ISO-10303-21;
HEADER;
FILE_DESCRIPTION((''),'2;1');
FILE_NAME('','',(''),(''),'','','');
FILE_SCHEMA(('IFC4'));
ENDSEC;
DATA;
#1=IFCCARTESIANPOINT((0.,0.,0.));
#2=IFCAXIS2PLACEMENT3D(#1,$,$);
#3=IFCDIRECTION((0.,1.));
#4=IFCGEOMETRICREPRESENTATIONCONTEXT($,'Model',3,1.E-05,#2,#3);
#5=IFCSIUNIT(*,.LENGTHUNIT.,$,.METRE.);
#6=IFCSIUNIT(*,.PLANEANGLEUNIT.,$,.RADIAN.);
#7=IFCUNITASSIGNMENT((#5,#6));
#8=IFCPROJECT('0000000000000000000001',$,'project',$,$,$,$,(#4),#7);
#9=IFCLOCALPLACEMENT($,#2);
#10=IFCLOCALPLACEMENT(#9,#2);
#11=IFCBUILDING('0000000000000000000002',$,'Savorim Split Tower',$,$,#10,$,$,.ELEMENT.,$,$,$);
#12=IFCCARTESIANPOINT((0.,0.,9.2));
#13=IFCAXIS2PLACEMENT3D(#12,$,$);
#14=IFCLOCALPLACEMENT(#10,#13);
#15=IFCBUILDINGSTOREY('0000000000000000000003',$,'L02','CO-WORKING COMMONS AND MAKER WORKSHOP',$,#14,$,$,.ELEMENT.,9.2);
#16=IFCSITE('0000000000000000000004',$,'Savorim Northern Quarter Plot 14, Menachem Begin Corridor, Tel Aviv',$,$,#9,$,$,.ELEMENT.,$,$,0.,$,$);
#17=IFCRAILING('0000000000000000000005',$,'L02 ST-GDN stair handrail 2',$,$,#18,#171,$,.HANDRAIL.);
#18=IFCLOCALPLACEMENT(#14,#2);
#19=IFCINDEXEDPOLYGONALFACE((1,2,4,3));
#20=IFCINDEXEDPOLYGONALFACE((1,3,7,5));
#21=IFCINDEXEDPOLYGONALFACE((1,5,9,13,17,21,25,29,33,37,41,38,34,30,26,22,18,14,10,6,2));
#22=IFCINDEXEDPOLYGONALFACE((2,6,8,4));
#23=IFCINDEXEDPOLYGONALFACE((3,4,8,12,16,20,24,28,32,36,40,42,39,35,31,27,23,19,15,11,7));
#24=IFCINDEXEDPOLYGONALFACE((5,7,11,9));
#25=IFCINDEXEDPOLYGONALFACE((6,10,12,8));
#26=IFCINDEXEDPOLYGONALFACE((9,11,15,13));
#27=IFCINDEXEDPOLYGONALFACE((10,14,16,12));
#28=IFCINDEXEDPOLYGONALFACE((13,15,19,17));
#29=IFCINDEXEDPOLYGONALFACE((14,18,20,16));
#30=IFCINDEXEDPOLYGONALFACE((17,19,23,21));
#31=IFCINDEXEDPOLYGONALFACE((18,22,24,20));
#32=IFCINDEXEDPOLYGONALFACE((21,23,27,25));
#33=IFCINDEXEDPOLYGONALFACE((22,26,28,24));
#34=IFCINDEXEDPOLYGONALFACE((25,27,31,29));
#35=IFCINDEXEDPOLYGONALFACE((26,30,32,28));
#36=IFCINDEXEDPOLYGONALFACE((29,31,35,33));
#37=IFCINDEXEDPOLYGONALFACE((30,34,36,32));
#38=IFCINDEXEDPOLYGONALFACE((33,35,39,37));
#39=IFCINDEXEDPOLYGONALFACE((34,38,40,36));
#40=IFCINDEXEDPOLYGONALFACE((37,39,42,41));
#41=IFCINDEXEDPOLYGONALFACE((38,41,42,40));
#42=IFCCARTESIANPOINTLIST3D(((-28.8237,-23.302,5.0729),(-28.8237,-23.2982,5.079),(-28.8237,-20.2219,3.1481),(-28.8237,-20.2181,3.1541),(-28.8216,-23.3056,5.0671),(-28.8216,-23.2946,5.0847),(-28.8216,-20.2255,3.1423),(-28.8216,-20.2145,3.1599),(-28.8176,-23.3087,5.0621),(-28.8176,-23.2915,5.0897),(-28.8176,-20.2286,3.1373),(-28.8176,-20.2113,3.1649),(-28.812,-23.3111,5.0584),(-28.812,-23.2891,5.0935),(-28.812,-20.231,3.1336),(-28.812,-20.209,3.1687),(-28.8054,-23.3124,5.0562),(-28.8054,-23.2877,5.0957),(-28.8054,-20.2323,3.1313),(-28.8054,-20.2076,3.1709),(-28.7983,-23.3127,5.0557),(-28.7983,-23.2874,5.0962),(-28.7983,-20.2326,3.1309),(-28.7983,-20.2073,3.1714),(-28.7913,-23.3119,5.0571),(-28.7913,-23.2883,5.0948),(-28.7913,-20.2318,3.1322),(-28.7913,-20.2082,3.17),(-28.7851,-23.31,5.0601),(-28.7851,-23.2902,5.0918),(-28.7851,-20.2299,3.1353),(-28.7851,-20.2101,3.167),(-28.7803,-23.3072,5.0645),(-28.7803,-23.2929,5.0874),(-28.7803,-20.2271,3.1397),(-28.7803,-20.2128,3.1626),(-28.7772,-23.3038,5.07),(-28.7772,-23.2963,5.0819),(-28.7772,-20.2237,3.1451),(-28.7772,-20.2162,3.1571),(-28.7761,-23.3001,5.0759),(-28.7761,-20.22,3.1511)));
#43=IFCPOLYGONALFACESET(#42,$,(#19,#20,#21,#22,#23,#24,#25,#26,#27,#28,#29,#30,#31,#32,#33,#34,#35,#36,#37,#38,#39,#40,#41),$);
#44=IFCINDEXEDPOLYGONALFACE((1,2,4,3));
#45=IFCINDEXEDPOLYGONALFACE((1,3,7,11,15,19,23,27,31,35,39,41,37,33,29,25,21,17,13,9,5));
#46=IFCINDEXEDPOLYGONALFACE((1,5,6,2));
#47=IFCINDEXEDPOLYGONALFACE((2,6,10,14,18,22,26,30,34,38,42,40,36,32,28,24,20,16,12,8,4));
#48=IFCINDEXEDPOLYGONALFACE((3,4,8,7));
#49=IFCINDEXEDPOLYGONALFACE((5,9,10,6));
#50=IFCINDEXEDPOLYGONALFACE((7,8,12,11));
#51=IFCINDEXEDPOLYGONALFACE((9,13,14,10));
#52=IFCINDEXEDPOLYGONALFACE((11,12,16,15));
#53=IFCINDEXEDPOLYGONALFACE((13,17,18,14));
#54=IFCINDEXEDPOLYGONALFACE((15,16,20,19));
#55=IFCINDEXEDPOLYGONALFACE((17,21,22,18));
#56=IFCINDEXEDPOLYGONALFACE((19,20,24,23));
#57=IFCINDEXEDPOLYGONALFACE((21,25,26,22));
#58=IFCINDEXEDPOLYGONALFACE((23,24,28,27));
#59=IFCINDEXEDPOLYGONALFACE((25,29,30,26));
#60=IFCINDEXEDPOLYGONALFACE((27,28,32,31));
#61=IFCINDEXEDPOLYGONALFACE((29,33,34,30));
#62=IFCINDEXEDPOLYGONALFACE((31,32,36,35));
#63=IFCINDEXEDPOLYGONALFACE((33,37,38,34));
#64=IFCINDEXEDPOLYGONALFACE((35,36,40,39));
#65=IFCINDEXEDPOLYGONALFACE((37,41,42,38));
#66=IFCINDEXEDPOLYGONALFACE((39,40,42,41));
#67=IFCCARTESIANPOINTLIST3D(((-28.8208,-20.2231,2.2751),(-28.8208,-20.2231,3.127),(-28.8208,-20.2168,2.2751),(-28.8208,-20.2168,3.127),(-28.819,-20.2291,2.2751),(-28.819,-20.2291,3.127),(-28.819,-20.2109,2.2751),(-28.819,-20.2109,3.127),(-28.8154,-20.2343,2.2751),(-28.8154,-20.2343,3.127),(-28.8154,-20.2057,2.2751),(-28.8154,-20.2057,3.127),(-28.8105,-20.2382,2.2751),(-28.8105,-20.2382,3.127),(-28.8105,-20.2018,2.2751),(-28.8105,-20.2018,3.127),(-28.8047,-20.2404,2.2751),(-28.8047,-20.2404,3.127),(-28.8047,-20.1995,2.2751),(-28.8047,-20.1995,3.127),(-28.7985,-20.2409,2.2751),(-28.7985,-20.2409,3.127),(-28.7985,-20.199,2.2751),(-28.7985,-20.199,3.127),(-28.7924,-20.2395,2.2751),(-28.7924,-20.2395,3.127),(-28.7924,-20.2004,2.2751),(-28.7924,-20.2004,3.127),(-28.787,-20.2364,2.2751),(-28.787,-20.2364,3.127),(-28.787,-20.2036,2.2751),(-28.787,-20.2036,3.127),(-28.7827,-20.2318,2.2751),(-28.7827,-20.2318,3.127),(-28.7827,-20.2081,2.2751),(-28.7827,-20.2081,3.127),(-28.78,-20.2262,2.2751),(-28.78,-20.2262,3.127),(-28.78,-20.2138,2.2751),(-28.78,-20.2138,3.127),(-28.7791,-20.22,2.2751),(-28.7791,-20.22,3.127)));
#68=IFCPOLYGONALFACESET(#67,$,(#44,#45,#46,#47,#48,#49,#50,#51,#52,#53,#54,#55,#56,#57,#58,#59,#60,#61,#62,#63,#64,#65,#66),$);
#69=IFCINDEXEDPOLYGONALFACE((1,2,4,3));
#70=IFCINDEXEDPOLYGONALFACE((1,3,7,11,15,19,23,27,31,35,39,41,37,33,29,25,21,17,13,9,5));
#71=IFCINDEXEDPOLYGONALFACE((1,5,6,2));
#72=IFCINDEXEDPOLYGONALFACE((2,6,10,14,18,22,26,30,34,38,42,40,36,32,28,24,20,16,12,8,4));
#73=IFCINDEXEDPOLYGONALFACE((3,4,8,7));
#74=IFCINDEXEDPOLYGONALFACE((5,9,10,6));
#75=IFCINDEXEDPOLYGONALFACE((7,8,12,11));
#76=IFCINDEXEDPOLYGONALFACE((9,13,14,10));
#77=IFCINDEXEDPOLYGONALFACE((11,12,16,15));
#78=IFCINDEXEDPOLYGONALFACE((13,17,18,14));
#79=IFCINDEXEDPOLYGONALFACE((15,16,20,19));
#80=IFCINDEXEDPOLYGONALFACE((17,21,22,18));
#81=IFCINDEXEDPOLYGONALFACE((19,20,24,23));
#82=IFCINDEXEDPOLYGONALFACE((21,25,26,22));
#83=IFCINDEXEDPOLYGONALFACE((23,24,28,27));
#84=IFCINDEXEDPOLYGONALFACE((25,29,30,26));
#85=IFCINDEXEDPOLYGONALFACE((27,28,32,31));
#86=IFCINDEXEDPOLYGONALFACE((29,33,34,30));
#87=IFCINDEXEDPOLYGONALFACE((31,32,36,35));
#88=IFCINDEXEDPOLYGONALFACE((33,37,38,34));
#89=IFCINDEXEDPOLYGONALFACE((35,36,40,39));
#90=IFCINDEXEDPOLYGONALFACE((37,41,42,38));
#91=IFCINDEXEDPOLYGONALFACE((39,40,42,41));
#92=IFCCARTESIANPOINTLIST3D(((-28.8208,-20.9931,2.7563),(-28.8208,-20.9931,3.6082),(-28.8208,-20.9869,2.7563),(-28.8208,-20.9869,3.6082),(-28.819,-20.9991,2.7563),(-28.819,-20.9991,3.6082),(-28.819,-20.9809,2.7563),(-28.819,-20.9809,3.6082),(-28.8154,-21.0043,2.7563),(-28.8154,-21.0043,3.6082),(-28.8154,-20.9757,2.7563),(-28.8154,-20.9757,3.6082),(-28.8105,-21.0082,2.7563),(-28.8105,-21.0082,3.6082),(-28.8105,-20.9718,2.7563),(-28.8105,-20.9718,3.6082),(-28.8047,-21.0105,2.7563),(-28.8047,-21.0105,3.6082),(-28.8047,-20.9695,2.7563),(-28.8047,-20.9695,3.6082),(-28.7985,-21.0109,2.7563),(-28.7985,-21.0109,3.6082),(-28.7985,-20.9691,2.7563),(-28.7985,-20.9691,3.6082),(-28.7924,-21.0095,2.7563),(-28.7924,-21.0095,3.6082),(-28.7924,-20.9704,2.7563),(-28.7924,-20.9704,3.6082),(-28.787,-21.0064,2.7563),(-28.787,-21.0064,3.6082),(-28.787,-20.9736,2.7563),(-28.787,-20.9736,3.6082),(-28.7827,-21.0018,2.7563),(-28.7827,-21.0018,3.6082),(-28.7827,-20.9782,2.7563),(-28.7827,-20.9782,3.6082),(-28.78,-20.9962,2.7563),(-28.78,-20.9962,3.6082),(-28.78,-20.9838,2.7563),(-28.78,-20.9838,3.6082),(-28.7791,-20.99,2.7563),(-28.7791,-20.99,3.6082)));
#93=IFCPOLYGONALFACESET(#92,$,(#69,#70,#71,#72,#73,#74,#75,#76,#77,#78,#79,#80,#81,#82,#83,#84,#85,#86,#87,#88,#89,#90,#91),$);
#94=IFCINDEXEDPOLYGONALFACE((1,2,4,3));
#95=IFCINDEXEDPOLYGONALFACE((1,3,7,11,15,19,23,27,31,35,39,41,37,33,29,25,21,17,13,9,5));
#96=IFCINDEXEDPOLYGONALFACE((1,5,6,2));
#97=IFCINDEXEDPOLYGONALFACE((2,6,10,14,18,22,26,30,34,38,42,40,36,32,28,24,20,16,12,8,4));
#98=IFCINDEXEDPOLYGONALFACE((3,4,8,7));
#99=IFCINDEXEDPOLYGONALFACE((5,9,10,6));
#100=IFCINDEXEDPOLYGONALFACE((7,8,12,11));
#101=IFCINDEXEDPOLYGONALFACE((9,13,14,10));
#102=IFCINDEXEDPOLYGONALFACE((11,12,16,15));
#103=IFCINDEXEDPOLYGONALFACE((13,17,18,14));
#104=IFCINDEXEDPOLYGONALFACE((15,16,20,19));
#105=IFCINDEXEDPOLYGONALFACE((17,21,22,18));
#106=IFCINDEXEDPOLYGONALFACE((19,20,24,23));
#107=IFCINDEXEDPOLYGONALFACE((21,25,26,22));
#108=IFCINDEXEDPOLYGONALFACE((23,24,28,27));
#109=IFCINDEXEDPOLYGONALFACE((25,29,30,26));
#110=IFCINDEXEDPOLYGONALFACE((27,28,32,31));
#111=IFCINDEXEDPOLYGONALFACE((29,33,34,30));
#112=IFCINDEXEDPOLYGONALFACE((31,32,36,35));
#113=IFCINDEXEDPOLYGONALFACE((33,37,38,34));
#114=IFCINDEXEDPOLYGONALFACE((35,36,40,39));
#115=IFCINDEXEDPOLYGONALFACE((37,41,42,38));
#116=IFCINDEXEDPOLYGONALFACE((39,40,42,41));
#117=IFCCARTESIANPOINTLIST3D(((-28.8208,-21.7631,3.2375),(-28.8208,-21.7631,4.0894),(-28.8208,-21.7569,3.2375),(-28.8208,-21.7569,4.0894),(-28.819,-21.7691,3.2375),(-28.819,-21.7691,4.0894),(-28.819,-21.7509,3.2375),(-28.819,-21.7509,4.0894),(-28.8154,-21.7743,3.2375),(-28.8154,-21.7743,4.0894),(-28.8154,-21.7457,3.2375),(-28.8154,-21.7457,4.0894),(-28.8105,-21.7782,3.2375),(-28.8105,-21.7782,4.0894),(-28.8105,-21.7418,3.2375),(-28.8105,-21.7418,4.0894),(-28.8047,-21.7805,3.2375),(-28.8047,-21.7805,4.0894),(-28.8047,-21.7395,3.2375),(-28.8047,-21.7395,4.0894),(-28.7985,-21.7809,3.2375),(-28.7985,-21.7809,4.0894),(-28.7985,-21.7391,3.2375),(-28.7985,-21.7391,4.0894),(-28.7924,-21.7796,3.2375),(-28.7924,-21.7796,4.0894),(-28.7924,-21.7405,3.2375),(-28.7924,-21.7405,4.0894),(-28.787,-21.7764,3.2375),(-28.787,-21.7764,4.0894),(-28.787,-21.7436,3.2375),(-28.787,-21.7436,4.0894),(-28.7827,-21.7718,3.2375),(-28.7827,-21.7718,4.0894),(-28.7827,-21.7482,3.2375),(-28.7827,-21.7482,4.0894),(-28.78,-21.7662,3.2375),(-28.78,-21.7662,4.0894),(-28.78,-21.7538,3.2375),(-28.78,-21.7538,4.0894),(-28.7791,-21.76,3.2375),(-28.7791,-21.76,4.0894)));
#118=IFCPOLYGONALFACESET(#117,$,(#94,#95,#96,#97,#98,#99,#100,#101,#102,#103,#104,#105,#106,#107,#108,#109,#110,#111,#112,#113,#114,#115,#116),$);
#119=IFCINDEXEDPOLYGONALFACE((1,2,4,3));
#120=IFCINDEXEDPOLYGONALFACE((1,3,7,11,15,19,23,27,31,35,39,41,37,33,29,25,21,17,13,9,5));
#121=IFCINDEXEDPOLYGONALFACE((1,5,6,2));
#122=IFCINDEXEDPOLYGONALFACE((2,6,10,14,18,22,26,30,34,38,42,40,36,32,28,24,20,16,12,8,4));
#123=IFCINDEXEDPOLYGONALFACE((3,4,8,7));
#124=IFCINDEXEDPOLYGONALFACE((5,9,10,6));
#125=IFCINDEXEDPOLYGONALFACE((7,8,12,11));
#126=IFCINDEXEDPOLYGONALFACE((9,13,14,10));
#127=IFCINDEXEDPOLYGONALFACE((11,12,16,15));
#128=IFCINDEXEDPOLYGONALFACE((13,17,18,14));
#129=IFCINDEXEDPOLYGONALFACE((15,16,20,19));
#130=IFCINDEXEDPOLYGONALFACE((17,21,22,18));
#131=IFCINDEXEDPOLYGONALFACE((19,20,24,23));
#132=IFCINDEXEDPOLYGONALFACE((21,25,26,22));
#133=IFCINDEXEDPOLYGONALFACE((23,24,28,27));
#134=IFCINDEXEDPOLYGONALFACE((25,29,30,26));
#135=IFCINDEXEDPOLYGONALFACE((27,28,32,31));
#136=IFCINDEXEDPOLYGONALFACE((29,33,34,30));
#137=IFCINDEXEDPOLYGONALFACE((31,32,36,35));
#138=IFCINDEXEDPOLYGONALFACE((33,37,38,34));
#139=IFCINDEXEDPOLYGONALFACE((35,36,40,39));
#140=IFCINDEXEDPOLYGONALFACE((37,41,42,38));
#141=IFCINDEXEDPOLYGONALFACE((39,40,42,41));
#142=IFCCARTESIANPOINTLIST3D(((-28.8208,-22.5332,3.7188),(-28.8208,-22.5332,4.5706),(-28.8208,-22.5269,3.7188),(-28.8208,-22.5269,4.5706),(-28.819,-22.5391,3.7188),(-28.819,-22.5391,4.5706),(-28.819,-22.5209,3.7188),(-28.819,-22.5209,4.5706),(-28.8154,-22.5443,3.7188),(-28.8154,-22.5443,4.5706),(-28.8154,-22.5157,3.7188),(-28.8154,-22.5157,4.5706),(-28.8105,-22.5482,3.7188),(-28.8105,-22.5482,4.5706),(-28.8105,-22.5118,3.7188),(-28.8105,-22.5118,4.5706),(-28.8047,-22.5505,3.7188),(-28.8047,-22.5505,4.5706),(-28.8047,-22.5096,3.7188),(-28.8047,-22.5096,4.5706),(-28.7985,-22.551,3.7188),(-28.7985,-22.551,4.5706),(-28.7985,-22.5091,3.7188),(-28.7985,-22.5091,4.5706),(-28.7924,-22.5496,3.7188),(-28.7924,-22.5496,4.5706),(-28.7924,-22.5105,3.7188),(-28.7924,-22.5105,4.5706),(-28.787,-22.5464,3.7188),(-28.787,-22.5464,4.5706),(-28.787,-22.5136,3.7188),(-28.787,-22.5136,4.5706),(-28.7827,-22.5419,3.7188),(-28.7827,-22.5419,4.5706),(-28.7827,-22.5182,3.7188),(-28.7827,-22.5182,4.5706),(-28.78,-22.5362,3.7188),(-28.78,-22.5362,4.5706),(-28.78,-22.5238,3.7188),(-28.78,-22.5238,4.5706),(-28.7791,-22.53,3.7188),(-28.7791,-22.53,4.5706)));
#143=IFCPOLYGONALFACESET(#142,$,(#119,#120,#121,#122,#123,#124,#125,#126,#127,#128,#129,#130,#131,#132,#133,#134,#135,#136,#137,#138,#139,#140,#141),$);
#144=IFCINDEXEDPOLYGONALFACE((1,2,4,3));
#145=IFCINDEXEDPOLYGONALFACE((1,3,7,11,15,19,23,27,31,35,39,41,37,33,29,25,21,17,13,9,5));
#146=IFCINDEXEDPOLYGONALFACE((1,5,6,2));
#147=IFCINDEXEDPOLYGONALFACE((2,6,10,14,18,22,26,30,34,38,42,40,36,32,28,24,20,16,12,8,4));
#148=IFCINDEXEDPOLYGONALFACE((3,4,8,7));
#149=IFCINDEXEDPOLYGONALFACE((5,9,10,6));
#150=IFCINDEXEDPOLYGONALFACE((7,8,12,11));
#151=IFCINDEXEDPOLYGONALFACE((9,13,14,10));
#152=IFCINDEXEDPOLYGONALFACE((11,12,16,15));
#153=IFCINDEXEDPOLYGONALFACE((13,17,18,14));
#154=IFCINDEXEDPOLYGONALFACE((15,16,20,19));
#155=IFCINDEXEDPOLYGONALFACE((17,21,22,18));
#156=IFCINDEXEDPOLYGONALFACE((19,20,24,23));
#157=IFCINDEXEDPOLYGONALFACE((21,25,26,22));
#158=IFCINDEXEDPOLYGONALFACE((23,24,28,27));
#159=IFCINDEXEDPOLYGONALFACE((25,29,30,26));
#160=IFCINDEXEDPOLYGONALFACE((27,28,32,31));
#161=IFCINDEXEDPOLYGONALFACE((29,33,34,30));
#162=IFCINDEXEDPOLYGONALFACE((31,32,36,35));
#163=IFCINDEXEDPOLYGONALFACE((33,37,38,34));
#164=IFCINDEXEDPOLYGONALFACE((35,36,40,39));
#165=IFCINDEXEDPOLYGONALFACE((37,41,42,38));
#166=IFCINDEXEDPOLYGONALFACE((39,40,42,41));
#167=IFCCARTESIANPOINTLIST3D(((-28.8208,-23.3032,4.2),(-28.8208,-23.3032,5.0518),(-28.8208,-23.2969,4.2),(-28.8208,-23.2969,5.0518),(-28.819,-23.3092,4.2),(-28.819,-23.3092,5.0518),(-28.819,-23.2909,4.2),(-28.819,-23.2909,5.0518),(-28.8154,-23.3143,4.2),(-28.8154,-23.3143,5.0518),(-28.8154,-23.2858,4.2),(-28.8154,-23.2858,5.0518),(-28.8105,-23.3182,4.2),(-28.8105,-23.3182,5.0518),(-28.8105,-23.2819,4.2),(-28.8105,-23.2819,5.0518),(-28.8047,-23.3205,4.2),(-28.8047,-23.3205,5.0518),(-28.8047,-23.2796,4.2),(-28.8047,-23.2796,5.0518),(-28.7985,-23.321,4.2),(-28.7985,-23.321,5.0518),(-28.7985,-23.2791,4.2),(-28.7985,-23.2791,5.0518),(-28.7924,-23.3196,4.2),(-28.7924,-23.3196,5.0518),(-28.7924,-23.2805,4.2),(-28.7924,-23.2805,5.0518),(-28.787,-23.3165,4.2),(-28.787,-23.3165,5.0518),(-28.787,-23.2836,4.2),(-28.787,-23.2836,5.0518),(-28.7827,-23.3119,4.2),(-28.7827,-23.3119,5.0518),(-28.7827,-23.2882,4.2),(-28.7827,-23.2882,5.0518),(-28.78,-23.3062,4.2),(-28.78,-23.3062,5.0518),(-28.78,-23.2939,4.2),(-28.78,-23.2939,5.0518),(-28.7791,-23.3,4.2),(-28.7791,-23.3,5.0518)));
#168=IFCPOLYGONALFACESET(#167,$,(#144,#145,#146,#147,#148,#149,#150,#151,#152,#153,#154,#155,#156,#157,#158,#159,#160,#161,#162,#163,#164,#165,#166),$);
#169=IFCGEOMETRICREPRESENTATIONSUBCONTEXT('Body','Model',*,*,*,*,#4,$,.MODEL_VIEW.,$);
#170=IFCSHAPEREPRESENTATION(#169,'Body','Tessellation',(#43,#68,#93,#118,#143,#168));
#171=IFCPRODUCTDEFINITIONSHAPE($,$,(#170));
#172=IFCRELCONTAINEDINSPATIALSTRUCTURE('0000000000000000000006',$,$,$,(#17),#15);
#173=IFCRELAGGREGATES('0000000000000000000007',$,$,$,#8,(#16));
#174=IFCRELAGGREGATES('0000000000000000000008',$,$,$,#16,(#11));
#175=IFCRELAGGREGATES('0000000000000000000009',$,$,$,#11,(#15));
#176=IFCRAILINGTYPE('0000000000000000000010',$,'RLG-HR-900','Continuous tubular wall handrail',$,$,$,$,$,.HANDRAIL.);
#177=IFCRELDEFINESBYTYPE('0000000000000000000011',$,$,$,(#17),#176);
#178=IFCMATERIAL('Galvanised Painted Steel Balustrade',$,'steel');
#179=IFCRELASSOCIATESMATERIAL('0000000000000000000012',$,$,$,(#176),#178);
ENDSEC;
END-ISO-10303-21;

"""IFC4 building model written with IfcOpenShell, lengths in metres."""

from ifc_helpers import new_model, si_unit, direction, frame, origin, origin_2d, place, context, subcontext, project, spatial, circle, extrude, material, type_object, element, save


model = new_model("IFC4")

# Units and contexts
model_context = context("Model", 3, precision=1e-05, world=origin(), true_north=direction((0.0, 1.0)))
body_context = subcontext(model_context, "Body", "Model", "MODEL_VIEW")
ifc_project = project(units=[si_unit("LENGTHUNIT", "METRE"), si_unit("PLANEANGLEUNIT", "RADIAN")], contexts=[model_context])

# Site, building, storey
site_placement = place(None, origin())
site = spatial("IfcSite", under=ifc_project, at=site_placement, Name="Savorim Northern Quarter Plot 14, Menachem Begin Corridor, Tel Aviv", CompositionType="ELEMENT", RefElevation=0.0)
building_placement = place(site_placement, origin())
building = spatial("IfcBuilding", under=site, at=building_placement, Name="Savorim Split Tower", CompositionType="ELEMENT")
storey_placement = place(building_placement, frame((0.0, 0.0, 9.2)))
storey = spatial("IfcBuildingStorey", under=building, at=storey_placement, Name="L02", Description="CO-WORKING COMMONS AND MAKER WORKSHOP", CompositionType="ELEMENT", Elevation=9.2)

# Railing
ifc_material_1 = material(Name="Galvanised Painted Steel Balustrade", Category="steel")
railing_type_1 = type_object("IfcRailingType", Name="RLG-HR-900", Description="Continuous tubular wall handrail", PredefinedType="HANDRAIL", material=ifc_material_1)
railing_1_placement = place(storey_placement, frame((-28.8, -20.22, 2.2751)))
element("IfcRailing", 1, at=railing_1_placement, inside=storey, type_object=railing_type_1, Name="L02 ST-GDN stair handrail 2", PredefinedType="HANDRAIL", context=body_context, shape_type="SweptSolid", body=[
    extrude(circle(Radius=0.0239, at=origin_2d()), frame((0.0, 0.0, 0.876), z_axis=(0.0, -0.848029, 0.529951), x_axis=(1.0, 0.0, 0.0)), (0.0, 0.0, 1.0), 3.6321),
    extrude(circle(Radius=0.021, at=origin_2d()), origin(), (0.0, 0.0, 1.0), 0.8518),
    extrude(circle(Radius=0.021, at=origin_2d()), frame((0.0, -0.77, 0.4812)), (0.0, 0.0, 1.0), 0.8518),
    extrude(circle(Radius=0.021, at=origin_2d()), frame((0.0, -1.54, 0.9624)), (0.0, 0.0, 1.0), 0.8518),
    extrude(circle(Radius=0.021, at=origin_2d()), frame((0.0, -2.3101, 1.4436)), (0.0, 0.0, 1.0), 0.8518),
    extrude(circle(Radius=0.021, at=origin_2d()), frame((0.0, -3.0801, 1.9248)), (0.0, 0.0, 1.0), 0.8518),
])

save(model, "model.ifc")
